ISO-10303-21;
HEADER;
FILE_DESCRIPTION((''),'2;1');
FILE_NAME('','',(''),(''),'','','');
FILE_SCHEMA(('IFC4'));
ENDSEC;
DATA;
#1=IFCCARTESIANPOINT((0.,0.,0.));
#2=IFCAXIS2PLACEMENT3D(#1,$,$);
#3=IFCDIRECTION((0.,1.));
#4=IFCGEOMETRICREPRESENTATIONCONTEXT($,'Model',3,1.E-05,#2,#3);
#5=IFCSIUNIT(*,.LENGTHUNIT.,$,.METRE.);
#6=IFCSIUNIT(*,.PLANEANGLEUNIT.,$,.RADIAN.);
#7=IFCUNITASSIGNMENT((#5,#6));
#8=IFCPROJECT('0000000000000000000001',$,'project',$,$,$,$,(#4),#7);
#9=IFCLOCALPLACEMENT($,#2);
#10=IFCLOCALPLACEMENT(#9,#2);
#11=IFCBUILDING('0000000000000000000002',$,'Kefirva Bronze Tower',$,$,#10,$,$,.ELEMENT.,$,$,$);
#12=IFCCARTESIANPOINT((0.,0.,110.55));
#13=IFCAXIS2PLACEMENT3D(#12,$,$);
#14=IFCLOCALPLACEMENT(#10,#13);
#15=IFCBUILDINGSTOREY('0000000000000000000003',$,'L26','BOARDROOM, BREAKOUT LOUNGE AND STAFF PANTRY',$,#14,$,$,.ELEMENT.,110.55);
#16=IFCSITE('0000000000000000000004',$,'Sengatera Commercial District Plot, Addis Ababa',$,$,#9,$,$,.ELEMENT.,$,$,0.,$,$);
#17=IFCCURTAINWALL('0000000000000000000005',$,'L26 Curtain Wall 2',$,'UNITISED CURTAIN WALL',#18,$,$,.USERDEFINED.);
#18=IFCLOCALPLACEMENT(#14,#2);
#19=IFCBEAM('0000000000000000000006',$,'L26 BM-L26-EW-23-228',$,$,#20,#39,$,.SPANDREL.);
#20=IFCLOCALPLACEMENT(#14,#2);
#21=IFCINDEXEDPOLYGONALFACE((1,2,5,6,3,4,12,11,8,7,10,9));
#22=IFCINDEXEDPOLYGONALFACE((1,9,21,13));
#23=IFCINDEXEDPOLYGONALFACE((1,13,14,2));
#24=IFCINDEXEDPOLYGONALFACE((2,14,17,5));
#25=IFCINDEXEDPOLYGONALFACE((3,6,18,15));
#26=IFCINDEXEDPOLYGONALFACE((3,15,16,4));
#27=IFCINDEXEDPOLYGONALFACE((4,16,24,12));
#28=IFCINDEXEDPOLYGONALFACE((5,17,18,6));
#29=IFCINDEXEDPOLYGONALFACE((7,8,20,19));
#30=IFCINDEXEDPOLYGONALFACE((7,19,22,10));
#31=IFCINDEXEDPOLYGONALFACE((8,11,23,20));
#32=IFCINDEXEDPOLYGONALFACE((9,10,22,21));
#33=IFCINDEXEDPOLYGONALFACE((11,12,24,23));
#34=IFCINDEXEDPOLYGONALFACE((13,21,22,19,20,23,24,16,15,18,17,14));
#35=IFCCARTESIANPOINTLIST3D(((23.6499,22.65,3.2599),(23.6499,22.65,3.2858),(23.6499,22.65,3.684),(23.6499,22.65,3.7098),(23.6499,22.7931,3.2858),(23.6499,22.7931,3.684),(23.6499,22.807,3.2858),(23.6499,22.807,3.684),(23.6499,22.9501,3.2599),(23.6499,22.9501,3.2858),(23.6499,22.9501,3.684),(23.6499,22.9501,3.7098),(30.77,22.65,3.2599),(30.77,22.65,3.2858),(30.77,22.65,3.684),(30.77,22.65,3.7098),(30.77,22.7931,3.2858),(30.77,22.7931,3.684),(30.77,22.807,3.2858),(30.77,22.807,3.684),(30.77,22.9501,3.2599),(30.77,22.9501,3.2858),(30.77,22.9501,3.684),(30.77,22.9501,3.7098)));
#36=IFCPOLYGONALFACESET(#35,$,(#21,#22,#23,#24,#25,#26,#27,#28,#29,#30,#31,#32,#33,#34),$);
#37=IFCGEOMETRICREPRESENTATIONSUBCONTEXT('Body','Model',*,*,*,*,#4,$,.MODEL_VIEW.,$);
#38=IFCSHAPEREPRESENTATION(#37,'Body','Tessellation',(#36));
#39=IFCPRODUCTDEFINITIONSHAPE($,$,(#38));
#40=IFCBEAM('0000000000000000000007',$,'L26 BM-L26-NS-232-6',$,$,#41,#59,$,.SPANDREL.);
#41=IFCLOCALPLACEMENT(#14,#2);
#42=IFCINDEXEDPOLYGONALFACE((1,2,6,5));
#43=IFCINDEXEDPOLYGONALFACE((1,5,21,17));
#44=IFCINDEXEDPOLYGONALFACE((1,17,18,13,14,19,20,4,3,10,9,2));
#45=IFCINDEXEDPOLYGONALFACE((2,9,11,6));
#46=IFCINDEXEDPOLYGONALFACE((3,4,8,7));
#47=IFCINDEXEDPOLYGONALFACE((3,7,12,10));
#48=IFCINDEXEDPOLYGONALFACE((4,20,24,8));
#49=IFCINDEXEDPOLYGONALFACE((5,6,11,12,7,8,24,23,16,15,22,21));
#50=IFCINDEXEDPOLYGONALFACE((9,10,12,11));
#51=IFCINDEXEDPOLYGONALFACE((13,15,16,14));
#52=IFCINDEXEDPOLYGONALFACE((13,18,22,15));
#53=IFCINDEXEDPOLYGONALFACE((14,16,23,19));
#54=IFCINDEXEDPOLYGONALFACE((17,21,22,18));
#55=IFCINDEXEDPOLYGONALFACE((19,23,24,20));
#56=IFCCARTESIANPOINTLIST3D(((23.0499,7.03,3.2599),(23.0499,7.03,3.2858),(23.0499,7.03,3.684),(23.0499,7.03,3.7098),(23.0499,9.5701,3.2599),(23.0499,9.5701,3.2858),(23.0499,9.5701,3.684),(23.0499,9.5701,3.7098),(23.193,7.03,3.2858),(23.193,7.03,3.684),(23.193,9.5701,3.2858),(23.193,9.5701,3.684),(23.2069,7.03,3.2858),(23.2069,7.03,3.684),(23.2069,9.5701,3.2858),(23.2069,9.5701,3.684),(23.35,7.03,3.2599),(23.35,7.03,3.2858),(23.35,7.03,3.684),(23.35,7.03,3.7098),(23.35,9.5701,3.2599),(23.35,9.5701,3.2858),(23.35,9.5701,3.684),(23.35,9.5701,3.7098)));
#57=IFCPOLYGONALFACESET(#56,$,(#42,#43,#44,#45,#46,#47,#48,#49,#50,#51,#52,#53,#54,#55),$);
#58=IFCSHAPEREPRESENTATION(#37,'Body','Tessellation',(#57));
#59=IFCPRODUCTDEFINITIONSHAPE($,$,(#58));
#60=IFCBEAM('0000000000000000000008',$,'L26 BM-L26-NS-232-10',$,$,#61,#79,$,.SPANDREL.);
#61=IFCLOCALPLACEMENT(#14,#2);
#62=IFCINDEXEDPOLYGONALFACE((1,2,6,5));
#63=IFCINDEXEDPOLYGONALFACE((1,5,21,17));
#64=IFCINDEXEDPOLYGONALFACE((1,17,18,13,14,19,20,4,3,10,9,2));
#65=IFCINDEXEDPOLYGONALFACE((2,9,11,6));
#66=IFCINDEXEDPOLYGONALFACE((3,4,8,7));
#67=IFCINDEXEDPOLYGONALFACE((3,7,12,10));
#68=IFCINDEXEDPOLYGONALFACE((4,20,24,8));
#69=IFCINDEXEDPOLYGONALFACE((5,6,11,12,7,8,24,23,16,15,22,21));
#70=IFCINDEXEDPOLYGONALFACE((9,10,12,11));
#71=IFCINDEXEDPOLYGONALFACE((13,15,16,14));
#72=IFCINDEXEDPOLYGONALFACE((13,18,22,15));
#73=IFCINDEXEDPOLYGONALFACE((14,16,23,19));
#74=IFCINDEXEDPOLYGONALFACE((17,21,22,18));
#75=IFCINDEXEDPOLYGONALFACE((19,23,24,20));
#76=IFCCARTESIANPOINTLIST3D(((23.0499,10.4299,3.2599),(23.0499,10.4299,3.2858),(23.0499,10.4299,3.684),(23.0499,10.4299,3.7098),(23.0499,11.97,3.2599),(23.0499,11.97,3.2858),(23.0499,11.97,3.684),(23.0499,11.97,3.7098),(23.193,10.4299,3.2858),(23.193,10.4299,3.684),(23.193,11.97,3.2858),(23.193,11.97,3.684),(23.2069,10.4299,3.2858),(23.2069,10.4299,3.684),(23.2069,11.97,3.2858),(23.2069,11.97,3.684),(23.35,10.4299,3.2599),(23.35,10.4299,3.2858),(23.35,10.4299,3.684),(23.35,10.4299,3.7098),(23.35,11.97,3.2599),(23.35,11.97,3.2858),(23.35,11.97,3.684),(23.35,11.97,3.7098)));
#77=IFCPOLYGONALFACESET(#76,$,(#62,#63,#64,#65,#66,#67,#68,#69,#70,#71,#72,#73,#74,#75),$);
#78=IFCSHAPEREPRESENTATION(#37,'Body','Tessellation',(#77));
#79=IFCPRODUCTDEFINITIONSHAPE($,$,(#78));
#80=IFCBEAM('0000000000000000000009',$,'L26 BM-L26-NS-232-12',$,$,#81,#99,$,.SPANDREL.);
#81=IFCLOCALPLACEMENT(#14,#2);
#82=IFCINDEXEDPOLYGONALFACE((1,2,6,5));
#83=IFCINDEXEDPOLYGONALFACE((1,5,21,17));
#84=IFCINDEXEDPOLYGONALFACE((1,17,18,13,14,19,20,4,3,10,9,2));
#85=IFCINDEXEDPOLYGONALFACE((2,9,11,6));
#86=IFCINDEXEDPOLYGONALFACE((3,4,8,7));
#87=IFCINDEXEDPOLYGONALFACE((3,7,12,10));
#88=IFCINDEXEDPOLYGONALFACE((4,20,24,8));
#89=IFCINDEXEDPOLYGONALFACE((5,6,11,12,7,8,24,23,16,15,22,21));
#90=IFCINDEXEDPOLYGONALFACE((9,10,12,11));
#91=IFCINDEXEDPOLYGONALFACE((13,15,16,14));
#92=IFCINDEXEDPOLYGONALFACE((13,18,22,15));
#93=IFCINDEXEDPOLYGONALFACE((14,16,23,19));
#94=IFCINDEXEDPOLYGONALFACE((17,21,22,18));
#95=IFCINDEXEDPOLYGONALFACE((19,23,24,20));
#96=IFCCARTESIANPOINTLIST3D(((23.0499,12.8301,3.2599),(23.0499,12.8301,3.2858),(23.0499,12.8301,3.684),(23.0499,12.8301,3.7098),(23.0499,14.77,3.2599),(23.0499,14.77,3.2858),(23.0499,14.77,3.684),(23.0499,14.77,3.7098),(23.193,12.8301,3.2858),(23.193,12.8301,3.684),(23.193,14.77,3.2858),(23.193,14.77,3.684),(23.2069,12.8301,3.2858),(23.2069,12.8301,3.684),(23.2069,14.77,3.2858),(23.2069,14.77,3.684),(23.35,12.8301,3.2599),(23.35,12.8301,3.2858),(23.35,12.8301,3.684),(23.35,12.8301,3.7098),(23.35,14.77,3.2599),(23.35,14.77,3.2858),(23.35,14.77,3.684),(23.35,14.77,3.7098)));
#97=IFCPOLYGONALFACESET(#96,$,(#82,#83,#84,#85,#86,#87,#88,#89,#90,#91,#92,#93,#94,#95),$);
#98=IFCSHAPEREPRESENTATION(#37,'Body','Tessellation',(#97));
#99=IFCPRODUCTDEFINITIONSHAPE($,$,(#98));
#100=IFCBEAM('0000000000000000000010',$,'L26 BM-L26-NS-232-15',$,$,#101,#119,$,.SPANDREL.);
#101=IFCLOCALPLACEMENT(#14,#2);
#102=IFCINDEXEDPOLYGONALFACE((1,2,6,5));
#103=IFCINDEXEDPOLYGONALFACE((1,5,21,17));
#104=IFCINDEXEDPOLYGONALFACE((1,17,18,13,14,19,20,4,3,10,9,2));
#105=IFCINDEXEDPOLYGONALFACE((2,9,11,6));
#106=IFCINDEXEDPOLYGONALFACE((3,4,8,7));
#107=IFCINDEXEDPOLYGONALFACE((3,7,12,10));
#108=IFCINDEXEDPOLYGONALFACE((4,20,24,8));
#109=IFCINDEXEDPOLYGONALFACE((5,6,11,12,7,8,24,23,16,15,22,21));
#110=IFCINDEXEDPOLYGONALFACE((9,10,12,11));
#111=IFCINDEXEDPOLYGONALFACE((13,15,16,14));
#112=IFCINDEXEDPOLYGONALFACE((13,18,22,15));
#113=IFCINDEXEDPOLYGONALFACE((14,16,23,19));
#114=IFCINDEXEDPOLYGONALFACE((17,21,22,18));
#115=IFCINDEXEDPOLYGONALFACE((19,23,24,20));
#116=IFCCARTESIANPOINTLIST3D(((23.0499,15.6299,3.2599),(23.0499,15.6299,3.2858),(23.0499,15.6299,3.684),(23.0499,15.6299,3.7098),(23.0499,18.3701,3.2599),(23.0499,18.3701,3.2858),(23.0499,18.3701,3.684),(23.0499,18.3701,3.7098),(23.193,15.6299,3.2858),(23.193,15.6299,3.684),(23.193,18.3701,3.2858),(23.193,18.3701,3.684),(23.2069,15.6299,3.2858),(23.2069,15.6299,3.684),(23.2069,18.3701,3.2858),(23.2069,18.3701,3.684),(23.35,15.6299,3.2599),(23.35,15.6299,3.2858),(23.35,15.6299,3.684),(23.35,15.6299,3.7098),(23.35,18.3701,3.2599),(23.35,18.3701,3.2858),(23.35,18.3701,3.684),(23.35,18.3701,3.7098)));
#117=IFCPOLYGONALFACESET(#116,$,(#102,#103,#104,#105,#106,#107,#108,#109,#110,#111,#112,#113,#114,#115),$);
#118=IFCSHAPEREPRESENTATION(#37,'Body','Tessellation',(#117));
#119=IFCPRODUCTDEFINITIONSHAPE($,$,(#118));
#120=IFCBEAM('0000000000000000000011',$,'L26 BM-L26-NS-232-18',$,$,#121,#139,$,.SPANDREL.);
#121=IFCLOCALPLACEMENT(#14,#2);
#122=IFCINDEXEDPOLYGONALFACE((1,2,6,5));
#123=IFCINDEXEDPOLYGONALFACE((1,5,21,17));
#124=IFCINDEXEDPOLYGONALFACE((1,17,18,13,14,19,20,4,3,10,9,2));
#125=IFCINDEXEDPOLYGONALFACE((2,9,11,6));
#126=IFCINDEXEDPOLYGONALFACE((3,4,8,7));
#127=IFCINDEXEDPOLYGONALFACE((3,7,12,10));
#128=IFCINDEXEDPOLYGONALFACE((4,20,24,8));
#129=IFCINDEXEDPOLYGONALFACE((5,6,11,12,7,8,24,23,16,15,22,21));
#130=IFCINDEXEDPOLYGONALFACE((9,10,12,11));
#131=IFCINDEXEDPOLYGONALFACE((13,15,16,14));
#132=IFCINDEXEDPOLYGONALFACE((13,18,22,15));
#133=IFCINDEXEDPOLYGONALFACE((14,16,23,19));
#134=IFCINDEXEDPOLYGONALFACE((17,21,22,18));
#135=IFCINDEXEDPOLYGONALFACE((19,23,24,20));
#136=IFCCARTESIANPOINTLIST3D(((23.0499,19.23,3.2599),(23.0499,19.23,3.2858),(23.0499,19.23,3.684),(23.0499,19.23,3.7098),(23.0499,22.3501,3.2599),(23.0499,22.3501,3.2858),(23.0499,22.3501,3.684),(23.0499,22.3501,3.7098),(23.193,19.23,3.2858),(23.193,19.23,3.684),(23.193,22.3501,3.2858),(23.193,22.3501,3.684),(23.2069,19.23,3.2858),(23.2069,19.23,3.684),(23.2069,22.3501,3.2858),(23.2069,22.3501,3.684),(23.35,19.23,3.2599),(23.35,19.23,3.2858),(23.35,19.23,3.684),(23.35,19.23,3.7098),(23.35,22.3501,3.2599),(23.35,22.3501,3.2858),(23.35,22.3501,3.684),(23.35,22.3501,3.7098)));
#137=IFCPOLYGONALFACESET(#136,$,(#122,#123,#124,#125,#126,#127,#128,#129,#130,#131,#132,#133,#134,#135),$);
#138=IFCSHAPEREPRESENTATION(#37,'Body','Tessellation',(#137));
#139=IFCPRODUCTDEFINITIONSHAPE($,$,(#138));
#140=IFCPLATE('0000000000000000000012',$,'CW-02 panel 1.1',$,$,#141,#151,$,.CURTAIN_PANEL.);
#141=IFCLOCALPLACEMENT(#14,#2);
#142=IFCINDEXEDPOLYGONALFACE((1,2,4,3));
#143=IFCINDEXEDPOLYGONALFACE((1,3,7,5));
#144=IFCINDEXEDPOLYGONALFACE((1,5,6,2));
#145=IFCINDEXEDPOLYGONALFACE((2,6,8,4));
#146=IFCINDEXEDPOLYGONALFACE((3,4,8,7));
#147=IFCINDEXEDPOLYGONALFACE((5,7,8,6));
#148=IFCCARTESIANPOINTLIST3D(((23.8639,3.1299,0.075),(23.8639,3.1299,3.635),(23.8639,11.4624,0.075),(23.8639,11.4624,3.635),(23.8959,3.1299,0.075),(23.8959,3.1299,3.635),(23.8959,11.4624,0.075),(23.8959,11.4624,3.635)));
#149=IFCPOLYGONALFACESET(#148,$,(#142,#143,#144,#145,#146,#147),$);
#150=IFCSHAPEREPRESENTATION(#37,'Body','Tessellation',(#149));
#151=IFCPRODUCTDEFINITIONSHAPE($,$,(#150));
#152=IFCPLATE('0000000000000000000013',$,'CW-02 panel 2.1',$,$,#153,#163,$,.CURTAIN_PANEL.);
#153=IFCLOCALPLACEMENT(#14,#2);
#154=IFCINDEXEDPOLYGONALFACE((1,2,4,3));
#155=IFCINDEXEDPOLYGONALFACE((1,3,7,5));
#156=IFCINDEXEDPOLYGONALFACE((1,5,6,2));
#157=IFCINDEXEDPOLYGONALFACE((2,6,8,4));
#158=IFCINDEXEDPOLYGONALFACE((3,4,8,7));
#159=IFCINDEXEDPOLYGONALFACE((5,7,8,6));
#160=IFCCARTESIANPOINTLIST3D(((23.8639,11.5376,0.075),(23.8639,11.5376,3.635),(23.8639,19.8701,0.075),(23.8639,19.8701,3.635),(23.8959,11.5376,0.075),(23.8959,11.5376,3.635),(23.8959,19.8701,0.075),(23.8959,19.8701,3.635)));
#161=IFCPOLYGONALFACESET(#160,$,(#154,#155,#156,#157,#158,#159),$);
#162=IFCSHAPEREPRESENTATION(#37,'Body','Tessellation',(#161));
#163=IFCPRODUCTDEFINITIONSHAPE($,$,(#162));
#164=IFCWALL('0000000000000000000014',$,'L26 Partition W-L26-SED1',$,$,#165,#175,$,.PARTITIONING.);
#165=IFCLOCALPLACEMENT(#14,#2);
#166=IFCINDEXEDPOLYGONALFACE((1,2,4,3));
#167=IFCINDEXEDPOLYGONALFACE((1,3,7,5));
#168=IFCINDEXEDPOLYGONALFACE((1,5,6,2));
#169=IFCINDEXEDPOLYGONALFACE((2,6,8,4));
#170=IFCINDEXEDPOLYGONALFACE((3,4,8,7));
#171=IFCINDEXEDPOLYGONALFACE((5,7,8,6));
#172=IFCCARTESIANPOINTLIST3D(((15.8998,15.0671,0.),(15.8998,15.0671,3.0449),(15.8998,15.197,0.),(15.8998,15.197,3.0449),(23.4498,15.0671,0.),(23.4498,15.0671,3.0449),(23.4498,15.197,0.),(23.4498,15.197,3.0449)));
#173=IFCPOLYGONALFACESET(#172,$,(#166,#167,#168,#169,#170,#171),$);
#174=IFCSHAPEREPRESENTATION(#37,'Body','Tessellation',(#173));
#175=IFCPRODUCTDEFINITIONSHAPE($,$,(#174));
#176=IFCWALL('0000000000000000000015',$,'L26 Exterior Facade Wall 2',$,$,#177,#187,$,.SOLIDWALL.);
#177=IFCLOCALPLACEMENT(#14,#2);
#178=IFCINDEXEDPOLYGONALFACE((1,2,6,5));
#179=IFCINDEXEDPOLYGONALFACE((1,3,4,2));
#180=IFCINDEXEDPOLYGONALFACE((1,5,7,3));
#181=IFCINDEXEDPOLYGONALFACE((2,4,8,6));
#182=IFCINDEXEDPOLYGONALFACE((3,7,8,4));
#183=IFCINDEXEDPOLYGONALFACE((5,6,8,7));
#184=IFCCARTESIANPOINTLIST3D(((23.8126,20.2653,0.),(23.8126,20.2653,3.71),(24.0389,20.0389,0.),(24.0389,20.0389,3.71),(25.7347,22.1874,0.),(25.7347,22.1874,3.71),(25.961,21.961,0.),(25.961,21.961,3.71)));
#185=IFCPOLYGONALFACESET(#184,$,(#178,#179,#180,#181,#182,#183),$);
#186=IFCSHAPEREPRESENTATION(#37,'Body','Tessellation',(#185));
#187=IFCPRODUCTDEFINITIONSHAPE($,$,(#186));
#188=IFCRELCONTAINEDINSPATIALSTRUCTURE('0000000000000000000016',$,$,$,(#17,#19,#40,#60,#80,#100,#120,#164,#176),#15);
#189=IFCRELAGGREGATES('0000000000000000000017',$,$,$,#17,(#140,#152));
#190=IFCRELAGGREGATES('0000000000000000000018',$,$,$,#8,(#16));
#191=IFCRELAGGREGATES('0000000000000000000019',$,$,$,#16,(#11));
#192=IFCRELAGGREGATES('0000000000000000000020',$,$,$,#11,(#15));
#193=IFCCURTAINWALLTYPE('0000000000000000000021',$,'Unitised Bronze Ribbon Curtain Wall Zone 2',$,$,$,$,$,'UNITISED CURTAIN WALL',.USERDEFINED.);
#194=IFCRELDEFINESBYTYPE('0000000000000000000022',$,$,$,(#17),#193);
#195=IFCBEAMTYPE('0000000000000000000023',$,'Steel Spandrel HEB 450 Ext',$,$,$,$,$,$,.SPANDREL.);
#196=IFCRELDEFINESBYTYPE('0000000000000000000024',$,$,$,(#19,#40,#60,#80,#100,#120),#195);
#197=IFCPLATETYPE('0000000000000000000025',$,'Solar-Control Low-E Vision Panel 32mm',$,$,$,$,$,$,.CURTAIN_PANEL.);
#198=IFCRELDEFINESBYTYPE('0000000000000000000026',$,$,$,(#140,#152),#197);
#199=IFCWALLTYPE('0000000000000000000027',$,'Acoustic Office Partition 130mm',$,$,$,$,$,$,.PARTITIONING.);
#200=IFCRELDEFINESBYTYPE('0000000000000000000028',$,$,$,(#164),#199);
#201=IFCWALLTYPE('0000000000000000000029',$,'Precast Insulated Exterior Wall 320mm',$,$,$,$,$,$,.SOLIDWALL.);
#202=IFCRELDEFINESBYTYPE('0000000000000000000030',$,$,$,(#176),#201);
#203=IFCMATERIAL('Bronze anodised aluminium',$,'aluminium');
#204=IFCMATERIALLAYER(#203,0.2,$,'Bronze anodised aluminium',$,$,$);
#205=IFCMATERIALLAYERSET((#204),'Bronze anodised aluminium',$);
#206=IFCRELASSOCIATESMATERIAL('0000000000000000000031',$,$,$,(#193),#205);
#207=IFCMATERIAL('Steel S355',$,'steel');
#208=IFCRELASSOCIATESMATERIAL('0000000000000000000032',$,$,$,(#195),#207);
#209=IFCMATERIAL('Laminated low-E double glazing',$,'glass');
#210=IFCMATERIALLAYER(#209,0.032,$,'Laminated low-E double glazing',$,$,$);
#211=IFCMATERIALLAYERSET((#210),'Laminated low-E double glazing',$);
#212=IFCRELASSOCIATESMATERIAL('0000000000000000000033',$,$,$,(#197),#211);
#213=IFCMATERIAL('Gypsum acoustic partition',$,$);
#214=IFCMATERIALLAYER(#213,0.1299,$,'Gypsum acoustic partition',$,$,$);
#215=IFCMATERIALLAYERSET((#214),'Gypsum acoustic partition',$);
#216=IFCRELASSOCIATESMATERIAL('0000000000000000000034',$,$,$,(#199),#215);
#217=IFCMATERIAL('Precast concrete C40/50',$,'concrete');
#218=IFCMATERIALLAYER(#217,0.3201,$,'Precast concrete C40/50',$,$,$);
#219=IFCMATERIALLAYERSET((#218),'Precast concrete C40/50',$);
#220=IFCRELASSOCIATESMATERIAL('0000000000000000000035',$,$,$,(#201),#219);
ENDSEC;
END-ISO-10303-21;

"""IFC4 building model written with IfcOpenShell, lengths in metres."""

from ifc_helpers import new_model, si_unit, direction, frame, frame_2d, origin, origin_2d, place, context, subcontext, project, spatial, rectangle, i_section, extrude, material, layer, layer_set, material_profile, profile_set, type_object, element, aggregate, save


model = new_model("IFC4")

# Units and contexts
model_context = context("Model", 3, precision=1e-05, world=origin(), true_north=direction((0.0, 1.0)))
body_context = subcontext(model_context, "Body", "Model", "MODEL_VIEW")
ifc_project = project(units=[si_unit("LENGTHUNIT", "METRE"), si_unit("PLANEANGLEUNIT", "RADIAN")], contexts=[model_context])

# Site, building, storey
site_placement = place(None, origin())
site = spatial("IfcSite", under=ifc_project, at=site_placement, Name="Sengatera Commercial District Plot, Addis Ababa", CompositionType="ELEMENT", RefElevation=0.0)
building_placement = place(site_placement, origin())
building = spatial("IfcBuilding", under=site, at=building_placement, Name="Kefirva Bronze Tower", CompositionType="ELEMENT")
storey_placement = place(building_placement, frame((0.0, 0.0, 110.55)))
storey = spatial("IfcBuildingStorey", under=building, at=storey_placement, Name="L26", Description="BOARDROOM, BREAKOUT LOUNGE AND STAFF PANTRY", CompositionType="ELEMENT", Elevation=110.55)

# Curtain wall
ifc_material_1 = material(Name="Bronze anodised aluminium", Category="aluminium")
ifc_layer_1 = layer(ifc_material_1, 0.2, Name="Bronze anodised aluminium")
ifc_layer_set_1 = layer_set([ifc_layer_1], Name="Bronze anodised aluminium")
curtain_wall_type = type_object("IfcCurtainWallType", Name="Unitised Bronze Ribbon Curtain Wall Zone 2", ElementType="UNITISED CURTAIN WALL", PredefinedType="USERDEFINED", material=ifc_layer_set_1)
curtain_wall_placement = place(storey_placement, origin())
curtain_wall = element("IfcCurtainWall", 1, at=curtain_wall_placement, inside=storey, type_object=curtain_wall_type, Name="L26 Curtain Wall 2", ObjectType="UNITISED CURTAIN WALL", PredefinedType="USERDEFINED")

# Beams
ifc_material_2 = material(Name="Steel S355", Category="steel")
ifc_material_profile_1 = material_profile(ifc_material_2, i_section(OverallWidth=0.3, OverallDepth=0.45, WebThickness=0.0139, FlangeThickness=0.0259, at=origin_2d()), Name="HEB 450")
ifc_profile_set_1 = profile_set([ifc_material_profile_1], Name="Steel S355")
beam_type_1 = type_object("IfcBeamType", Name="Steel Spandrel HEB 450 Ext", PredefinedType="SPANDREL", material=ifc_profile_set_1)
beam_1_placement = place(storey_placement, frame((23.6499, 22.8, 3.4849), z_axis=(1.0, 0.0, 0.0), x_axis=(0.0, 1.0, 0.0)))
element("IfcBeam", 2, at=beam_1_placement, inside=storey, type_object=beam_type_1, Name="L26 BM-L26-EW-23-228", PredefinedType="SPANDREL", context=body_context, shape_type="SweptSolid", body=[
    extrude(i_section(OverallWidth=0.3, OverallDepth=0.45, WebThickness=0.0139, FlangeThickness=0.0259, at=origin_2d()), origin(), (0.0, 0.0, 1.0), 7.1201),
])
beam_2_placement = place(storey_placement, frame((23.2, 7.03, 3.4849), z_axis=(0.0, 1.0, 0.0), x_axis=(-1.0, 0.0, 0.0)))
element("IfcBeam", 3, at=beam_2_placement, inside=storey, type_object=beam_type_1, Name="L26 BM-L26-NS-232-6", PredefinedType="SPANDREL", context=body_context, shape_type="SweptSolid", body=[
    extrude(i_section(OverallWidth=0.3, OverallDepth=0.45, WebThickness=0.0139, FlangeThickness=0.0259, at=origin_2d()), origin(), (0.0, 0.0, 1.0), 2.54),
])
beam_3_placement = place(storey_placement, frame((23.2, 10.4299, 3.4849), z_axis=(0.0, 1.0, 0.0), x_axis=(-1.0, 0.0, 0.0)))
element("IfcBeam", 4, at=beam_3_placement, inside=storey, type_object=beam_type_1, Name="L26 BM-L26-NS-232-10", PredefinedType="SPANDREL", context=body_context, shape_type="SweptSolid", body=[
    extrude(i_section(OverallWidth=0.3, OverallDepth=0.45, WebThickness=0.0139, FlangeThickness=0.0259, at=origin_2d()), origin(), (0.0, 0.0, 1.0), 1.54),
])
beam_4_placement = place(storey_placement, frame((23.2, 12.8301, 3.4849), z_axis=(0.0, 1.0, 0.0), x_axis=(-1.0, 0.0, 0.0)))
element("IfcBeam", 5, at=beam_4_placement, inside=storey, type_object=beam_type_1, Name="L26 BM-L26-NS-232-12", PredefinedType="SPANDREL", context=body_context, shape_type="SweptSolid", body=[
    extrude(i_section(OverallWidth=0.3, OverallDepth=0.45, WebThickness=0.0139, FlangeThickness=0.0259, at=origin_2d()), origin(), (0.0, 0.0, 1.0), 1.9399),
])
beam_5_placement = place(storey_placement, frame((23.2, 15.6299, 3.4849), z_axis=(0.0, 1.0, 0.0), x_axis=(-1.0, 0.0, 0.0)))
element("IfcBeam", 6, at=beam_5_placement, inside=storey, type_object=beam_type_1, Name="L26 BM-L26-NS-232-15", PredefinedType="SPANDREL", context=body_context, shape_type="SweptSolid", body=[
    extrude(i_section(OverallWidth=0.3, OverallDepth=0.45, WebThickness=0.0139, FlangeThickness=0.0259, at=origin_2d()), origin(), (0.0, 0.0, 1.0), 2.7402),
])
beam_6_placement = place(storey_placement, frame((23.2, 19.23, 3.4849), z_axis=(0.0, 1.0, 0.0), x_axis=(-1.0, 0.0, 0.0)))
element("IfcBeam", 7, at=beam_6_placement, inside=storey, type_object=beam_type_1, Name="L26 BM-L26-NS-232-18", PredefinedType="SPANDREL", context=body_context, shape_type="SweptSolid", body=[
    extrude(i_section(OverallWidth=0.3, OverallDepth=0.45, WebThickness=0.0139, FlangeThickness=0.0259, at=origin_2d()), origin(), (0.0, 0.0, 1.0), 3.1201),
])

# Plates
ifc_material_3 = material(Name="Laminated low-E double glazing", Category="glass")
ifc_layer_2 = layer(ifc_material_3, 0.032, Name="Laminated low-E double glazing")
ifc_layer_set_2 = layer_set([ifc_layer_2], Name="Laminated low-E double glazing")
plate_type = type_object("IfcPlateType", Name="Solar-Control Low-E Vision Panel 32mm", PredefinedType="CURTAIN_PANEL", material=ifc_layer_set_2)
plate_1_placement = place(storey_placement, frame((23.8799, 7.2961, 0.075), z_axis=(0.0, 0.0, 1.0), x_axis=(0.0, 1.0, 0.0)))
plate_1 = element("IfcPlate", 8, at=plate_1_placement, type_object=plate_type, Name="CW-02 panel 1.1", PredefinedType="CURTAIN_PANEL", context=body_context, shape_type="SweptSolid", body=[
    extrude(rectangle(XDim=8.3325, YDim=0.032, at=origin_2d()), origin(), (0.0, 0.0, 1.0), 3.5601),
])
plate_2_placement = place(storey_placement, frame((23.8799, 15.7039, 0.075), z_axis=(0.0, 0.0, 1.0), x_axis=(0.0, 1.0, 0.0)))
plate_2 = element("IfcPlate", 9, at=plate_2_placement, type_object=plate_type, Name="CW-02 panel 2.1", PredefinedType="CURTAIN_PANEL", context=body_context, shape_type="SweptSolid", body=[
    extrude(rectangle(XDim=8.3325, YDim=0.032, at=origin_2d()), origin(), (0.0, 0.0, 1.0), 3.5601),
])
aggregate(curtain_wall, [plate_1, plate_2])

# Walls
ifc_material_4 = material(Name="Gypsum acoustic partition")
ifc_layer_3 = layer(ifc_material_4, 0.1299, Name="Gypsum acoustic partition")
ifc_layer_set_3 = layer_set([ifc_layer_3], Name="Gypsum acoustic partition")
wall_type_1 = type_object("IfcWallType", Name="Acoustic Office Partition 130mm", PredefinedType="PARTITIONING", material=ifc_layer_set_3)
wall_1_placement = place(storey_placement, frame((15.8999, 15.1321, 0.0), z_axis=(0.0, 0.0, 1.0), x_axis=(1.0, 0.0, 0.0)))
element("IfcWall", 10, at=wall_1_placement, inside=storey, type_object=wall_type_1, Name="L26 Partition W-L26-SED1", PredefinedType="PARTITIONING", context=body_context, shape_type="SweptSolid", body=[
    extrude(rectangle(XDim=7.55, YDim=0.1299, at=frame_2d((3.7749, 0.0))), origin(), (0.0, 0.0, 1.0), 3.0449),
])
ifc_material_5 = material(Name="Precast concrete C40/50", Category="concrete")
ifc_layer_4 = layer(ifc_material_5, 0.3201, Name="Precast concrete C40/50")
ifc_layer_set_4 = layer_set([ifc_layer_4], Name="Precast concrete C40/50")
wall_type_2 = type_object("IfcWallType", Name="Precast Insulated Exterior Wall 320mm", PredefinedType="SOLIDWALL", material=ifc_layer_set_4)
wall_2_placement = place(storey_placement, frame((23.9258, 20.1521, 0.0), z_axis=(0.0, 0.0, 1.0), x_axis=(0.707107, 0.707107, 0.0)))
element("IfcWall", 11, at=wall_2_placement, inside=storey, type_object=wall_type_2, Name="L26 Exterior Facade Wall 2", PredefinedType="SOLIDWALL", context=body_context, shape_type="SweptSolid", body=[
    extrude(rectangle(XDim=2.7183, YDim=0.3201, at=frame_2d((1.3591, 0.0))), origin(), (0.0, 0.0, 1.0), 3.71),
])

save(model, "model.ifc")
